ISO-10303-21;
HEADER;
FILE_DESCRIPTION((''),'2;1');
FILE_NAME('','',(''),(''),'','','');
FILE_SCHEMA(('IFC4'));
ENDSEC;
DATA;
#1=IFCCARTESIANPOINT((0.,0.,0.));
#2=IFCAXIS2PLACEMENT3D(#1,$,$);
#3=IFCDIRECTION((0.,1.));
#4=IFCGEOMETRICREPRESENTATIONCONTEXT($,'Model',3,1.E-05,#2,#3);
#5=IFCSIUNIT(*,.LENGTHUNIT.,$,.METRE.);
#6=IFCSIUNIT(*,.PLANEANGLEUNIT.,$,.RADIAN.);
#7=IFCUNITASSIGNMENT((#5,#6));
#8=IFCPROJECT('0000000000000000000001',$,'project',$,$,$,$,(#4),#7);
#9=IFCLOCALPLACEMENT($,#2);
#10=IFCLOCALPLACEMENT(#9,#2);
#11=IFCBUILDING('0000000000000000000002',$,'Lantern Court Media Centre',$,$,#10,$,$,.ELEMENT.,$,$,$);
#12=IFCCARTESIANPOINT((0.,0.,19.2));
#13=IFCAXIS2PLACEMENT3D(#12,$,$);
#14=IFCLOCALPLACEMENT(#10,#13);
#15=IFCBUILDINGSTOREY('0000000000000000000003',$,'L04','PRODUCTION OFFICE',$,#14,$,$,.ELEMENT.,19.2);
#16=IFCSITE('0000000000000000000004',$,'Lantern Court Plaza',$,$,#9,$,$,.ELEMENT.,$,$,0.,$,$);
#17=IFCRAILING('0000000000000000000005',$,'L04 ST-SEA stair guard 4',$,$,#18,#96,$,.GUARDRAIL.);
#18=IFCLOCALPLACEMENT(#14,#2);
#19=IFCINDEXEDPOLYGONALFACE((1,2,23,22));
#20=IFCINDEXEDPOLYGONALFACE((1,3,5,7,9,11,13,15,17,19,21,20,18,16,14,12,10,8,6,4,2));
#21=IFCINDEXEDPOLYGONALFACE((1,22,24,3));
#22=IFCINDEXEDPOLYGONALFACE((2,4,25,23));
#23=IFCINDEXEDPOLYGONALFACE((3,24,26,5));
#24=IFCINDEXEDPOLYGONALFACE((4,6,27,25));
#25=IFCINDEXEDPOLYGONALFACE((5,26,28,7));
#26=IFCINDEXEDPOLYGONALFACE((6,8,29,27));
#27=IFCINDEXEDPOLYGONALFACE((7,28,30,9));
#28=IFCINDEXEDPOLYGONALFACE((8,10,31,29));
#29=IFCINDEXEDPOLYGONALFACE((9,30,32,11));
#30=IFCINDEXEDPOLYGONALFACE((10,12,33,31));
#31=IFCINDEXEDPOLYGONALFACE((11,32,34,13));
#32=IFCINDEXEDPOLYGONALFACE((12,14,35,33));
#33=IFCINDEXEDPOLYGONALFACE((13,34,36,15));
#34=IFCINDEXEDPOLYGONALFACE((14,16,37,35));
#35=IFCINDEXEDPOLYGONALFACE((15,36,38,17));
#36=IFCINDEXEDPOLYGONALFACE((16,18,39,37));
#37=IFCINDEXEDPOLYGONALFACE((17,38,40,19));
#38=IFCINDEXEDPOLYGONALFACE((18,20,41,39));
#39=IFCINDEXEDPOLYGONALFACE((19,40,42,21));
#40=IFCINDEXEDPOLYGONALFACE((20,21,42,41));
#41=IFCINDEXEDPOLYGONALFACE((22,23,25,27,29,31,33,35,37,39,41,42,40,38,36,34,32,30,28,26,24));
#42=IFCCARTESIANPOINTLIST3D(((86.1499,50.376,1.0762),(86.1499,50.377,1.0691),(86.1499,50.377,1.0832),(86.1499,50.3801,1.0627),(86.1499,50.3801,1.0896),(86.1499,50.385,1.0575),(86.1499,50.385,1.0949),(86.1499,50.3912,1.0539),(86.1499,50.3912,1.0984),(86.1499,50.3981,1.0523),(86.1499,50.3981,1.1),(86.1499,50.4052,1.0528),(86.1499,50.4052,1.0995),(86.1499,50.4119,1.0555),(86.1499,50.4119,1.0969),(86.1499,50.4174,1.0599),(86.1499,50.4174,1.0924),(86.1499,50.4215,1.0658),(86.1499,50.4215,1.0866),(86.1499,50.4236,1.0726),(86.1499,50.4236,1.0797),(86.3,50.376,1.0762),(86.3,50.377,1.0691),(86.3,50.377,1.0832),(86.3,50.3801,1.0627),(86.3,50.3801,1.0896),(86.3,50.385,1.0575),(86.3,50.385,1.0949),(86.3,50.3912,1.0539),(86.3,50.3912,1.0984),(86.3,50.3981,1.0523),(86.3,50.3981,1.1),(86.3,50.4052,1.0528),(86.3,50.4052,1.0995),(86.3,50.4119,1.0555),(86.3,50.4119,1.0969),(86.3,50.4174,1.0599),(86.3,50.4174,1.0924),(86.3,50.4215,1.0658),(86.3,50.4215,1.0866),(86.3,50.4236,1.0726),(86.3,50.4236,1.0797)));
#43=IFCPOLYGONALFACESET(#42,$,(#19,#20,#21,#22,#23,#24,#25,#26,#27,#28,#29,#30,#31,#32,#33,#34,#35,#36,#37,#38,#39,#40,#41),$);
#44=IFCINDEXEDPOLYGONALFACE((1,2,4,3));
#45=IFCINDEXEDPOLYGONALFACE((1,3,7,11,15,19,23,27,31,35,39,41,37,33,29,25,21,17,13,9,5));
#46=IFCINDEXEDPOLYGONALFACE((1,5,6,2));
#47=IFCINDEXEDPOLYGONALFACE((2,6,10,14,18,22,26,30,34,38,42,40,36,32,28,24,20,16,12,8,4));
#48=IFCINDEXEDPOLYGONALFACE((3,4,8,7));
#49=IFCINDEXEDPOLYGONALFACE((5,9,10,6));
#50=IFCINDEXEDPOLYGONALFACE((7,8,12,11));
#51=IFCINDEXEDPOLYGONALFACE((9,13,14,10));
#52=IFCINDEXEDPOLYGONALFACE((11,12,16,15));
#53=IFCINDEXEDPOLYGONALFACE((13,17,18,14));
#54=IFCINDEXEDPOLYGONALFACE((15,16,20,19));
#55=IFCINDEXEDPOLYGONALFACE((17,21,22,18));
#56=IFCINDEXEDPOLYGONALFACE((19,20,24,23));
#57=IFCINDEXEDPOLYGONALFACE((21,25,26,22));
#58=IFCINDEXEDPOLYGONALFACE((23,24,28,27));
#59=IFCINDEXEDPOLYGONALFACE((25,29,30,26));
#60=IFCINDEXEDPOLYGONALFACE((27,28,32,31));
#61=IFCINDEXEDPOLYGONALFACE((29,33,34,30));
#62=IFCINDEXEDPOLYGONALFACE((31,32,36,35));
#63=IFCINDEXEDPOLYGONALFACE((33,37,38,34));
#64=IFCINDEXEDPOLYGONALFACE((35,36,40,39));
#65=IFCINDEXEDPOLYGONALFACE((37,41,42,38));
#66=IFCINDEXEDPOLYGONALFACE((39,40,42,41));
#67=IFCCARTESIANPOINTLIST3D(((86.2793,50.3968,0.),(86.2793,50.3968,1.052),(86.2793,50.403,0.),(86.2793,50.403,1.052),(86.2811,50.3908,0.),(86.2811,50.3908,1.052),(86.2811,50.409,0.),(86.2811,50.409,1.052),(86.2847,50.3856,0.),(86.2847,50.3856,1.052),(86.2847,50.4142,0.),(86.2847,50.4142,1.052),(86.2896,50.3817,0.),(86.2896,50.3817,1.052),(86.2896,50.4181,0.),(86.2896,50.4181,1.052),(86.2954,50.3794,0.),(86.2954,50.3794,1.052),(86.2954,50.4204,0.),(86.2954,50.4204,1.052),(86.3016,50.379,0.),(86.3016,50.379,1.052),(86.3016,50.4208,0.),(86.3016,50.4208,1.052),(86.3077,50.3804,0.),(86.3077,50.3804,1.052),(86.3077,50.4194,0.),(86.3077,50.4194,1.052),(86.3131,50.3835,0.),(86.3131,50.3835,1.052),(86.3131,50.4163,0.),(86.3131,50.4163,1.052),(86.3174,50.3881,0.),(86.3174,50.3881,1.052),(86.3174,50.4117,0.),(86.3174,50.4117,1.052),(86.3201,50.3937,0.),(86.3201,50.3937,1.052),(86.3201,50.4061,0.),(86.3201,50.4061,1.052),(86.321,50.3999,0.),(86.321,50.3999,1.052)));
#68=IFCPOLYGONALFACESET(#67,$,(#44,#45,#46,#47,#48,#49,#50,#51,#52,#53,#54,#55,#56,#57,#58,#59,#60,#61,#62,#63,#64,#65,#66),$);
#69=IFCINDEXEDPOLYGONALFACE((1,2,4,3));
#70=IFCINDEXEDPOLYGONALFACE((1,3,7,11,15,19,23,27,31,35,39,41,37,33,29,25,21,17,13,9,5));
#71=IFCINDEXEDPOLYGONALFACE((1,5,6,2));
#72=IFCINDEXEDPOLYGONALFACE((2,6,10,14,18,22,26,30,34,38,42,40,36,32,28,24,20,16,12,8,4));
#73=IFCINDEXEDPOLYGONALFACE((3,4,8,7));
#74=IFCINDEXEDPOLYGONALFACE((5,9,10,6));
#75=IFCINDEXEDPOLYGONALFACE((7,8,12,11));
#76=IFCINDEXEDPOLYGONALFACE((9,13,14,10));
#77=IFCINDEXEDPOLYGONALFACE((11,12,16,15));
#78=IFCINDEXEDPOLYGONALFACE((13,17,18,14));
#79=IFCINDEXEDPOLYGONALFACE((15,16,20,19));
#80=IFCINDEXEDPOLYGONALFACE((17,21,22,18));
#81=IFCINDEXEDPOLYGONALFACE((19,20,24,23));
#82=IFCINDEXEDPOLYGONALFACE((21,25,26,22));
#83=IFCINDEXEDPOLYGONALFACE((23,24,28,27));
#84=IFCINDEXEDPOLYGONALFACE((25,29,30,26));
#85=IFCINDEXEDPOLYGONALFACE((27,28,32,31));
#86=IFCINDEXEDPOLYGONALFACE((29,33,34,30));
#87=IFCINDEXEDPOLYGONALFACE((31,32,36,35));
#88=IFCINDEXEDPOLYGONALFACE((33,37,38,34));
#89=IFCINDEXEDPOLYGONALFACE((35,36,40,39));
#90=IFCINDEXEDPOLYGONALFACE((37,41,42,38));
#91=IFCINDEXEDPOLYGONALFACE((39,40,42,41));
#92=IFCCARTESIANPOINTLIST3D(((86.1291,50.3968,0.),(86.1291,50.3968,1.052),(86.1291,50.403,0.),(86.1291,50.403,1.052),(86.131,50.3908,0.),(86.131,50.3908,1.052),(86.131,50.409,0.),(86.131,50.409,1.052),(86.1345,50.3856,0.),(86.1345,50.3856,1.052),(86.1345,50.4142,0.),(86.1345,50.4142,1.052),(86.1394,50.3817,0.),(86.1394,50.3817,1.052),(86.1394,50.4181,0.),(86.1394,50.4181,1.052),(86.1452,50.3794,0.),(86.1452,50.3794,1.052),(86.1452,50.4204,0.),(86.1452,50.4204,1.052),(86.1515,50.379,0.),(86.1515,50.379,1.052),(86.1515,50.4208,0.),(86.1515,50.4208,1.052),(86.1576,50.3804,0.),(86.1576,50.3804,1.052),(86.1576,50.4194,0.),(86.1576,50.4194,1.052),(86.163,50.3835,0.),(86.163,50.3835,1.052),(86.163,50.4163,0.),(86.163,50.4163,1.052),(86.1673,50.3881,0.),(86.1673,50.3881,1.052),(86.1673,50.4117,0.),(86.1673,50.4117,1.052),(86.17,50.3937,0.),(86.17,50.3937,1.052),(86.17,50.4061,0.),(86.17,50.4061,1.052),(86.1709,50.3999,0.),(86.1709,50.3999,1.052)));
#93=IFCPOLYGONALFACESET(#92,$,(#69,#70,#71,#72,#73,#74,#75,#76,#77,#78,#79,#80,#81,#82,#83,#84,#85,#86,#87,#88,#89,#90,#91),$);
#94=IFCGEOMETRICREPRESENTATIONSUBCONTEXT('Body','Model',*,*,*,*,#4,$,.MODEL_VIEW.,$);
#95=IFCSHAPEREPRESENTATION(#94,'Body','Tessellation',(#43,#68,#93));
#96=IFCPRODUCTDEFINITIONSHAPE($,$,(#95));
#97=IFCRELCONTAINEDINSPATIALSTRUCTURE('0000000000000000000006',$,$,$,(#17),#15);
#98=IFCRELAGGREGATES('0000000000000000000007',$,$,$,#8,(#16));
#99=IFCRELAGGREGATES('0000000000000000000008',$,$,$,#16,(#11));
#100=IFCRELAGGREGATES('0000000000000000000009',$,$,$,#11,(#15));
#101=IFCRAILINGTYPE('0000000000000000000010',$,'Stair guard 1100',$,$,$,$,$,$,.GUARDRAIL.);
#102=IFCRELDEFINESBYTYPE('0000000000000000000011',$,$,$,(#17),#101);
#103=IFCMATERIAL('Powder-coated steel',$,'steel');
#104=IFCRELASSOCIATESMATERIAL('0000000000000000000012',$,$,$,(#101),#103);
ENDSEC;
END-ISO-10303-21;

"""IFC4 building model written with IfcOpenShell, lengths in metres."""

from ifc_helpers import new_model, si_unit, direction, frame, origin, origin_2d, place, context, subcontext, project, spatial, circle, extrude, material, type_object, element, save


model = new_model("IFC4")

# Units and contexts
model_context = context("Model", 3, precision=1e-05, world=origin(), true_north=direction((0.0, 1.0)))
body_context = subcontext(model_context, "Body", "Model", "MODEL_VIEW")
ifc_project = project(units=[si_unit("LENGTHUNIT", "METRE"), si_unit("PLANEANGLEUNIT", "RADIAN")], contexts=[model_context])

# Site, building, storey
site_placement = place(None, origin())
site = spatial("IfcSite", under=ifc_project, at=site_placement, Name="Lantern Court Plaza", CompositionType="ELEMENT", RefElevation=0.0)
building_placement = place(site_placement, origin())
building = spatial("IfcBuilding", under=site, at=building_placement, Name="Lantern Court Media Centre", CompositionType="ELEMENT")
storey_placement = place(building_placement, frame((0.0, 0.0, 19.2)))
storey = spatial("IfcBuildingStorey", under=building, at=storey_placement, Name="L04", Description="PRODUCTION OFFICE", CompositionType="ELEMENT", Elevation=19.2)

# Shared definitions
ifc_material_1 = material(Name="Powder-coated steel", Category="steel")

# Railing
railing_type_1 = type_object("IfcRailingType", Name="Stair guard 1100", PredefinedType="GUARDRAIL", material=ifc_material_1)
railing_1_placement = place(storey_placement, frame((86.3, 50.3999, 0.0)))
element("IfcRailing", 1, at=railing_1_placement, inside=storey, type_object=railing_type_1, Name="L04 ST-SEA stair guard 4", PredefinedType="GUARDRAIL", context=body_context, shape_type="SweptSolid", body=[
    extrude(circle(Radius=0.0239, at=origin_2d()), frame((0.0, 0.0, 1.0762), z_axis=(-1.0, 0.0, 0.0), x_axis=(0.0, -1.0, 0.0)), (0.0, 0.0, 1.0), 0.1501),
    extrude(circle(Radius=0.021, at=origin_2d()), origin(), (0.0, 0.0, 1.0), 1.052),
    extrude(circle(Radius=0.021, at=origin_2d()), frame((-0.1501, 0.0, 0.0)), (0.0, 0.0, 1.0), 1.052),
])

save(model, "model.ifc")
